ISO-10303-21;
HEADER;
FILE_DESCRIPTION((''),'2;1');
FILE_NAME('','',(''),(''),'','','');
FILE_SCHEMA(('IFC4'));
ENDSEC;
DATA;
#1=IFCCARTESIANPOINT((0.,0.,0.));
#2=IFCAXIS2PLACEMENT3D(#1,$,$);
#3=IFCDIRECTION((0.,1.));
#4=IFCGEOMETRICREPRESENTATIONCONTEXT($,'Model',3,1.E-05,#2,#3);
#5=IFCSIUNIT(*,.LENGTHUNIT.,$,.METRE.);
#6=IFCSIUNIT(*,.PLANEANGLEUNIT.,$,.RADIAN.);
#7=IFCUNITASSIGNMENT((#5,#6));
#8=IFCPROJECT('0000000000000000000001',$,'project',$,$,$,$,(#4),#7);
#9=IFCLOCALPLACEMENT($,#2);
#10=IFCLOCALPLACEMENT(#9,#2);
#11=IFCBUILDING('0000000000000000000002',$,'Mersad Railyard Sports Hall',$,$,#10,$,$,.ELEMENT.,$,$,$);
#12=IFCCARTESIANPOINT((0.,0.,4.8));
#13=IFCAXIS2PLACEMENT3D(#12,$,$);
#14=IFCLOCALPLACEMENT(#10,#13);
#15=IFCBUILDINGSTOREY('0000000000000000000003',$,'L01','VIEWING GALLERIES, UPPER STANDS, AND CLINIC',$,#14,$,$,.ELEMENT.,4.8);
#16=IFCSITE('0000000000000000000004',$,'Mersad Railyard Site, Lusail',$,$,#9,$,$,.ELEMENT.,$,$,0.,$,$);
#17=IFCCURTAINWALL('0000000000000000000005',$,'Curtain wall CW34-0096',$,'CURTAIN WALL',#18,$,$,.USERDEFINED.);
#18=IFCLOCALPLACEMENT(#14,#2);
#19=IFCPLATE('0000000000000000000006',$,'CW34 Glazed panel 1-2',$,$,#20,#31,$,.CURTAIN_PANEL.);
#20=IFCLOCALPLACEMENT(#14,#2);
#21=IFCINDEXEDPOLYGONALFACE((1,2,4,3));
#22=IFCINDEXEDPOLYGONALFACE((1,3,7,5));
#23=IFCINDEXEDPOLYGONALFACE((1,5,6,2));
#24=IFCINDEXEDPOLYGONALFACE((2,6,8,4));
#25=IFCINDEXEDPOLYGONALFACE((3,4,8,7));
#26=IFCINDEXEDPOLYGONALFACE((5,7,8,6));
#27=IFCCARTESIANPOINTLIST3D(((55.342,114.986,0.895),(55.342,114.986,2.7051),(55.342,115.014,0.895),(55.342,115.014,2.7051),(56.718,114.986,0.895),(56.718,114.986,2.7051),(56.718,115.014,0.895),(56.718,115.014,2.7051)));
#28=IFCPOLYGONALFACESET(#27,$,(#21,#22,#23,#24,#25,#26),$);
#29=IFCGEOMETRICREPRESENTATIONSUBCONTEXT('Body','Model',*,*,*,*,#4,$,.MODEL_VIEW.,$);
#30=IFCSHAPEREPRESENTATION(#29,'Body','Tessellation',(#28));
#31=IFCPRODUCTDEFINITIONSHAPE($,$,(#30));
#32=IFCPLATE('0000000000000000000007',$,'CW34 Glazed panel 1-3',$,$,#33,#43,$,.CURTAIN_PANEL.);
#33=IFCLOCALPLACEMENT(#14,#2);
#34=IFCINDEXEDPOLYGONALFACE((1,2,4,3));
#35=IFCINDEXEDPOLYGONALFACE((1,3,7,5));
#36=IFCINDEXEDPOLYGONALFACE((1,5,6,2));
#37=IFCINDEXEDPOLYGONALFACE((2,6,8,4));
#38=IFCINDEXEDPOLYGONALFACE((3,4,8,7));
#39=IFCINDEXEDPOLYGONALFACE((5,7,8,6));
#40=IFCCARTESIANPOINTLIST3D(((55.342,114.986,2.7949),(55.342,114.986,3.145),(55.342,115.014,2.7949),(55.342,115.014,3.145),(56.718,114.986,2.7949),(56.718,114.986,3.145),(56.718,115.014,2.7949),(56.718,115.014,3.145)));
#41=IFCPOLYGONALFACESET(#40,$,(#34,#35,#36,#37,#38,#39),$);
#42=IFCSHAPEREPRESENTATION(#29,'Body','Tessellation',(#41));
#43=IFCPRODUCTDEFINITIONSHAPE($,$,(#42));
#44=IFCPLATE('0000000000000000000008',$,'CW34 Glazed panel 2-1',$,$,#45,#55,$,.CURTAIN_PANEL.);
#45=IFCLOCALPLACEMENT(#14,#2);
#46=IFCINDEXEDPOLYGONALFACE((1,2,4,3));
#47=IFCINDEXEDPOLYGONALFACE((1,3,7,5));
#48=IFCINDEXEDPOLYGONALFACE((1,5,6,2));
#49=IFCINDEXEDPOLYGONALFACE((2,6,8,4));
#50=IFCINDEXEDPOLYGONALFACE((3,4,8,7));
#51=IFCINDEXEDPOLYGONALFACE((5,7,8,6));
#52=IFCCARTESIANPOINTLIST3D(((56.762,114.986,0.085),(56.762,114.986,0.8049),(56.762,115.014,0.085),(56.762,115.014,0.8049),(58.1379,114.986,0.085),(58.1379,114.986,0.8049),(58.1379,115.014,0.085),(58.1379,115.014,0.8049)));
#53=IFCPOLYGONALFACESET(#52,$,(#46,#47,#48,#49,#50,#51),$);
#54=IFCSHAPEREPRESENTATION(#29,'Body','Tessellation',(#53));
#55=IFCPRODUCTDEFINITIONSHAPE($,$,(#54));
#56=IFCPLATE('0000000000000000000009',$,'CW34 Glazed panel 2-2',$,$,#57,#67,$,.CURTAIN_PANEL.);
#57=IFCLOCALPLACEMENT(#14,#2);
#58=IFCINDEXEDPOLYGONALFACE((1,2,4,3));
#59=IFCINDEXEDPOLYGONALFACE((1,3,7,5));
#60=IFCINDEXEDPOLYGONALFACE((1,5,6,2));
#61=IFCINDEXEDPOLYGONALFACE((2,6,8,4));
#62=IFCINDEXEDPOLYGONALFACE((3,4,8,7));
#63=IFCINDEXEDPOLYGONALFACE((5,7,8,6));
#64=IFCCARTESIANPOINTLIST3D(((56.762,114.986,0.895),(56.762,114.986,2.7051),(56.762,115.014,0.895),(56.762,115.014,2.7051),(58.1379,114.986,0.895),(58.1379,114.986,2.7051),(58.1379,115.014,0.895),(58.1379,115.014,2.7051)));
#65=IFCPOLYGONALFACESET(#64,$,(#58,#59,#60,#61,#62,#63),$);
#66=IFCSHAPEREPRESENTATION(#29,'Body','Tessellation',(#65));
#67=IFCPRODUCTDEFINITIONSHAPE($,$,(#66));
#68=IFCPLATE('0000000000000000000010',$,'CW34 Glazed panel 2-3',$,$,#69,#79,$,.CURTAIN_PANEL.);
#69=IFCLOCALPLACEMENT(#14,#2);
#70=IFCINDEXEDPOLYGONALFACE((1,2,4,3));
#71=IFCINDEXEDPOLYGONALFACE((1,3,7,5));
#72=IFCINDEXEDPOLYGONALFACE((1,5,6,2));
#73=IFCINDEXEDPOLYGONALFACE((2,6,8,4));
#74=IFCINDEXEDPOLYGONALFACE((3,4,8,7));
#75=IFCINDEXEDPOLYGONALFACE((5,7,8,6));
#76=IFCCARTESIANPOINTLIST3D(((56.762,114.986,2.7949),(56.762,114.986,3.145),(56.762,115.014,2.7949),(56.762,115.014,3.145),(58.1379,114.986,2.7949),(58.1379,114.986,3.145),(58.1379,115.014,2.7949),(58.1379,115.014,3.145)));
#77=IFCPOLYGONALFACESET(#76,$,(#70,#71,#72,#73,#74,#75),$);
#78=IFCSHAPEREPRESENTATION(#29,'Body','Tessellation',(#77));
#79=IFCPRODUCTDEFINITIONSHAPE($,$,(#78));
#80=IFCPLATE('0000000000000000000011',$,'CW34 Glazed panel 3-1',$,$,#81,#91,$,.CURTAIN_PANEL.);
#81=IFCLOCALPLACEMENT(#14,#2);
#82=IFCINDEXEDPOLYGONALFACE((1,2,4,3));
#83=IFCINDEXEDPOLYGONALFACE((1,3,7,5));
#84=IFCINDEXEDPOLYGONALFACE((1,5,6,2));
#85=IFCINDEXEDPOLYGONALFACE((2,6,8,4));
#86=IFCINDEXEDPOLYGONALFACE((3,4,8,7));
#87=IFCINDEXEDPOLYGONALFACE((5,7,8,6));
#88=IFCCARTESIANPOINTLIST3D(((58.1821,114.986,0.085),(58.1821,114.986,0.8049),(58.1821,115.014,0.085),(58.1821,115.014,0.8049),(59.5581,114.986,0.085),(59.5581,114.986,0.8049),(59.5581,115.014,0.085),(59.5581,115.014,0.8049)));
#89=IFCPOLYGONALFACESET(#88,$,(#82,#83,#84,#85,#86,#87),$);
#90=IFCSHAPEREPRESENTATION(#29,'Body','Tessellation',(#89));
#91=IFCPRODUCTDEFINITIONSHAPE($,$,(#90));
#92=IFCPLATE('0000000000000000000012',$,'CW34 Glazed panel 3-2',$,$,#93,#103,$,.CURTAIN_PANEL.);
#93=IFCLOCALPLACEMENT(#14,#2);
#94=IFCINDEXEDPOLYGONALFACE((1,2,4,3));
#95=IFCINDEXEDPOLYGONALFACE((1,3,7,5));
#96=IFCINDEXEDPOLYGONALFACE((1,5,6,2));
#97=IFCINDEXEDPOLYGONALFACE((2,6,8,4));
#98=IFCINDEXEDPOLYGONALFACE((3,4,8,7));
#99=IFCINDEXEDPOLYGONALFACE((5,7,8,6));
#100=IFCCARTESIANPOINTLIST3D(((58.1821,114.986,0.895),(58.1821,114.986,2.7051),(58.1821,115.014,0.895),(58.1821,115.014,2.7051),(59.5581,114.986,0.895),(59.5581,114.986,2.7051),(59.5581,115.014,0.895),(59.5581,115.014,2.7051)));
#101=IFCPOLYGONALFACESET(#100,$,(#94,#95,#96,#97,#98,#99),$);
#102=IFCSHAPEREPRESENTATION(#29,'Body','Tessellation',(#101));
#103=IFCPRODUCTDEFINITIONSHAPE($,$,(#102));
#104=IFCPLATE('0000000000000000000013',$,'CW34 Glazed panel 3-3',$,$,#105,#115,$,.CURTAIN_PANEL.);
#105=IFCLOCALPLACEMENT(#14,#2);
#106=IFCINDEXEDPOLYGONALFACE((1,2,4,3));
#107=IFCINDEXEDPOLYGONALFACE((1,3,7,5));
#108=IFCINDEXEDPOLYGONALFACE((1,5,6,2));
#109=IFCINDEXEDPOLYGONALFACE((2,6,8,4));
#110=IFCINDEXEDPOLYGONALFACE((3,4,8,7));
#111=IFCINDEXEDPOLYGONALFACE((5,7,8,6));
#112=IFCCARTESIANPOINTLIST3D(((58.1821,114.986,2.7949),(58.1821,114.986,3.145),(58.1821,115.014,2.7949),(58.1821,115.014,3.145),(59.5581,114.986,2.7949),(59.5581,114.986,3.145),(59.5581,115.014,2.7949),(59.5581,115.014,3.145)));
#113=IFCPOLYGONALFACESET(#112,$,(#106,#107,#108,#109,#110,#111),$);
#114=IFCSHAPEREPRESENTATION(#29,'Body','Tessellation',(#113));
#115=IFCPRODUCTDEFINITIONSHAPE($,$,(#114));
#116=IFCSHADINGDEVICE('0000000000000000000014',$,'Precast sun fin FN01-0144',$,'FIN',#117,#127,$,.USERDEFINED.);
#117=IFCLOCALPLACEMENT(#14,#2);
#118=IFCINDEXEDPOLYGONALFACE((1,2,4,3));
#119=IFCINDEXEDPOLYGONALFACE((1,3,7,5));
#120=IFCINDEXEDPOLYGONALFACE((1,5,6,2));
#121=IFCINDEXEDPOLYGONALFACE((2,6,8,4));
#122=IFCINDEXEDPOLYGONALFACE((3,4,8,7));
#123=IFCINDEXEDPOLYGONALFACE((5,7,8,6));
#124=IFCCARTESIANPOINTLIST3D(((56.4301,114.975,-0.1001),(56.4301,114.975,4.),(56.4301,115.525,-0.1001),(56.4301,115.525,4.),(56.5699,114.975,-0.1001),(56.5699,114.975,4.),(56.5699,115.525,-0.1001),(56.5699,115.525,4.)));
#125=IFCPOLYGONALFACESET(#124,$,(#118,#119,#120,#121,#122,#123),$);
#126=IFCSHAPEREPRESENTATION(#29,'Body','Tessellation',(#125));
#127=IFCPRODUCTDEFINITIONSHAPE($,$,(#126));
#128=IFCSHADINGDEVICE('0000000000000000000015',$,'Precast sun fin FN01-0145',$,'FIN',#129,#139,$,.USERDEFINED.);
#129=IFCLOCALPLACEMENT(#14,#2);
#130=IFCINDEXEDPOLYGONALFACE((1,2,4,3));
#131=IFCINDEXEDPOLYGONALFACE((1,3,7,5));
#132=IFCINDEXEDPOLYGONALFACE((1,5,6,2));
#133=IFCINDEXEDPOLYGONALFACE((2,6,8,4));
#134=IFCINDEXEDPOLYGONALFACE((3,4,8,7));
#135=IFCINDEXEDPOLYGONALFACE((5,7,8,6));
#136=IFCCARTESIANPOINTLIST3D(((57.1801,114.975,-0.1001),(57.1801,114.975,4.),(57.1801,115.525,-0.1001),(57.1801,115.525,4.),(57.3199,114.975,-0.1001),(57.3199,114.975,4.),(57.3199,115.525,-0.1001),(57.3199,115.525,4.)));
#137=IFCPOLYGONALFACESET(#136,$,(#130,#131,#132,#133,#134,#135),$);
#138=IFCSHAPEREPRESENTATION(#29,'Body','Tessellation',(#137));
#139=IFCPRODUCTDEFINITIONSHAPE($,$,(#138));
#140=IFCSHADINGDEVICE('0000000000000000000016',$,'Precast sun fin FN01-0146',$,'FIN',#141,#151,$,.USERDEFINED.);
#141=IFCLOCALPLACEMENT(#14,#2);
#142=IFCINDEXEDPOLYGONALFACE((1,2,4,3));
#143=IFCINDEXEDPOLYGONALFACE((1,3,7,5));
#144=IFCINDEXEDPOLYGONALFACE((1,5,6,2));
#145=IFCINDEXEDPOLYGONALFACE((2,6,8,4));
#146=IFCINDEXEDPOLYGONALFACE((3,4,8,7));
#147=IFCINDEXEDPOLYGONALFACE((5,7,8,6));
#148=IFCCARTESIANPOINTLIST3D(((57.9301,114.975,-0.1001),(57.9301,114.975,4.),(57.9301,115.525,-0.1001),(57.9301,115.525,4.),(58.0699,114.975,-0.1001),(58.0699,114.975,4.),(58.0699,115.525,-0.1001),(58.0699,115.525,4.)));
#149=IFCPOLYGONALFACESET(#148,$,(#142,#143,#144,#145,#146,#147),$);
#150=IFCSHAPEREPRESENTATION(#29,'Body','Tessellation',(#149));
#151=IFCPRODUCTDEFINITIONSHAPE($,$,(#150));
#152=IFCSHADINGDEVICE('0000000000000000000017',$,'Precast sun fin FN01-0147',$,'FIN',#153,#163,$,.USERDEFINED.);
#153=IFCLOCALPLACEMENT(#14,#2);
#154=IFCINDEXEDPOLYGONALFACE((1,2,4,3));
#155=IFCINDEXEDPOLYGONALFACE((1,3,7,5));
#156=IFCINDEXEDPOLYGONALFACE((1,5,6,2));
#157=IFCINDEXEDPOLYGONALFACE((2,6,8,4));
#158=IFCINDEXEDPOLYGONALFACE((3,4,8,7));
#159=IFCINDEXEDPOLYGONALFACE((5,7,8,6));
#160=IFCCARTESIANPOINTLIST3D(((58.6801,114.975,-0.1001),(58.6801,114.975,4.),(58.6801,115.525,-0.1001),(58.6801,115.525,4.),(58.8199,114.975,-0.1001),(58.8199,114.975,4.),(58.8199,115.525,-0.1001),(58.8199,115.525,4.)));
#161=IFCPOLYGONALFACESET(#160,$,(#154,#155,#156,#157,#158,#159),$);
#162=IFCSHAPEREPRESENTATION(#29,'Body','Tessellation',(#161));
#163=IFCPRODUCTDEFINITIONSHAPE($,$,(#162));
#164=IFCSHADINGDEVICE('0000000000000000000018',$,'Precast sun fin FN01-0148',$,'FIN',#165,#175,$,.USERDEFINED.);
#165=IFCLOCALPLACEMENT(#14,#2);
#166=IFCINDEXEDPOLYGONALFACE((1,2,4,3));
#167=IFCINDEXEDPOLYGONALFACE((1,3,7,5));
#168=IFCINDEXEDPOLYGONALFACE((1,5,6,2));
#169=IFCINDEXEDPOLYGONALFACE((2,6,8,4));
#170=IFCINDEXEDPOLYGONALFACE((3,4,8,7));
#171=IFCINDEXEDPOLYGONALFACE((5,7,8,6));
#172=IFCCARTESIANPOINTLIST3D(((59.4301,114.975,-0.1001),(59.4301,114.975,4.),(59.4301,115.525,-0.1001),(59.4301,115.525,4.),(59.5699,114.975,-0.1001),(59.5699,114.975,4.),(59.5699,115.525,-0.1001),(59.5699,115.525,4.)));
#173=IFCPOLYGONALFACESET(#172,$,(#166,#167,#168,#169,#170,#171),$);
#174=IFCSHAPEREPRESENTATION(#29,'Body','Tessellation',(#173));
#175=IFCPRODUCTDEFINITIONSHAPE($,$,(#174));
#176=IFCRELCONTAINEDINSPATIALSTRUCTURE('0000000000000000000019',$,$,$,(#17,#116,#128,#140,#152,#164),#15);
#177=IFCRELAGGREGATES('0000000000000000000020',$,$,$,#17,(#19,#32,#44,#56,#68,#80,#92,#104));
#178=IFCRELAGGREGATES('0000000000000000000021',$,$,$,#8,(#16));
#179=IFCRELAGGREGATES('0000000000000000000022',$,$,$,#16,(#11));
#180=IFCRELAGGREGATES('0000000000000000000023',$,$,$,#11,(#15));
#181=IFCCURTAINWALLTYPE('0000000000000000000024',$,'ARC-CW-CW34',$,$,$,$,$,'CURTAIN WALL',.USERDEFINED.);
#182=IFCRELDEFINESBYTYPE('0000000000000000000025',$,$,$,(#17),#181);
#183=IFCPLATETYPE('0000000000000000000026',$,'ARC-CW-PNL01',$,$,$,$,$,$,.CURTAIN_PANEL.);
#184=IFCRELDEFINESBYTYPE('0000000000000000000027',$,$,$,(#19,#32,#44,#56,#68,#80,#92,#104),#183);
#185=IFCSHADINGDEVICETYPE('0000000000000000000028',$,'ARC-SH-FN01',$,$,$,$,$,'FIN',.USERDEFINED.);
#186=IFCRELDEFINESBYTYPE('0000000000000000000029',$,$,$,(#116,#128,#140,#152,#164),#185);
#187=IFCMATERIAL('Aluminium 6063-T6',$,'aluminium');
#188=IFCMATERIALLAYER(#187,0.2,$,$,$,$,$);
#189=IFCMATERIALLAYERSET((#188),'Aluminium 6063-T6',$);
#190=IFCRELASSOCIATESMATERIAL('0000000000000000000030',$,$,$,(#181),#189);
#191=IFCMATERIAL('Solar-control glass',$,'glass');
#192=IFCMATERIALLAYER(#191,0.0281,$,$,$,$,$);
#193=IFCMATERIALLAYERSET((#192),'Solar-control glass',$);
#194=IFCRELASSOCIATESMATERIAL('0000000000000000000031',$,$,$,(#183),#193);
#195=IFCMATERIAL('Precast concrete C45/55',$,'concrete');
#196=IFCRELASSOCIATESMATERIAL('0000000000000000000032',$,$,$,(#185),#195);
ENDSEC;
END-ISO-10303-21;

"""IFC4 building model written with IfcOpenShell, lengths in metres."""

from ifc_helpers import new_model, si_unit, direction, frame, origin, origin_2d, place, context, subcontext, project, spatial, rectangle, extrude, material, layer, layer_set, type_object, element, aggregate, save


model = new_model("IFC4")

# Units and contexts
model_context = context("Model", 3, precision=1e-05, world=origin(), true_north=direction((0.0, 1.0)))
body_context = subcontext(model_context, "Body", "Model", "MODEL_VIEW")
ifc_project = project(units=[si_unit("LENGTHUNIT", "METRE"), si_unit("PLANEANGLEUNIT", "RADIAN")], contexts=[model_context])

# Site, building, storey
site_placement = place(None, origin())
site = spatial("IfcSite", under=ifc_project, at=site_placement, Name="Mersad Railyard Site, Lusail", CompositionType="ELEMENT", RefElevation=0.0)
building_placement = place(site_placement, origin())
building = spatial("IfcBuilding", under=site, at=building_placement, Name="Mersad Railyard Sports Hall", CompositionType="ELEMENT")
storey_placement = place(building_placement, frame((0.0, 0.0, 4.8)))
storey = spatial("IfcBuildingStorey", under=building, at=storey_placement, Name="L01", Description="VIEWING GALLERIES, UPPER STANDS, AND CLINIC", CompositionType="ELEMENT", Elevation=4.8)

# Shared definitions
ifc_material_1 = material(Name="Aluminium 6063-T6", Category="aluminium")
ifc_layer_1 = layer(ifc_material_1, 0.2)
ifc_layer_set_1 = layer_set([ifc_layer_1], Name="Aluminium 6063-T6")
curtain_wall_type = type_object("IfcCurtainWallType", Name="ARC-CW-CW34", ElementType="CURTAIN WALL", PredefinedType="USERDEFINED", material=ifc_layer_set_1)

# Curtain wall
curtain_wall_1_placement = place(storey_placement, origin())
curtain_wall_1 = element("IfcCurtainWall", 1, at=curtain_wall_1_placement, inside=storey, type_object=curtain_wall_type, Name="Curtain wall CW34-0096", ObjectType="CURTAIN WALL", PredefinedType="USERDEFINED")

# Plates
ifc_material_2 = material(Name="Solar-control glass", Category="glass")
ifc_layer_2 = layer(ifc_material_2, 0.0281)
ifc_layer_set_2 = layer_set([ifc_layer_2], Name="Solar-control glass")
plate_type = type_object("IfcPlateType", Name="ARC-CW-PNL01", PredefinedType="CURTAIN_PANEL", material=ifc_layer_set_2)
plate_1_placement = place(storey_placement, frame((56.03, 115.0, 0.895), z_axis=(0.0, 0.0, 1.0), x_axis=(1.0, 0.0, 0.0)))
plate_1 = element("IfcPlate", 2, at=plate_1_placement, type_object=plate_type, Name="CW34 Glazed panel 1-2", PredefinedType="CURTAIN_PANEL", context=body_context, shape_type="SweptSolid", body=[
    extrude(rectangle(XDim=1.376, YDim=0.0281, at=origin_2d()), origin(), (0.0, 0.0, 1.0), 1.8101),
])
plate_2_placement = place(storey_placement, frame((56.03, 115.0, 2.7949), z_axis=(0.0, 0.0, 1.0), x_axis=(1.0, 0.0, 0.0)))
plate_2 = element("IfcPlate", 3, at=plate_2_placement, type_object=plate_type, Name="CW34 Glazed panel 1-3", PredefinedType="CURTAIN_PANEL", context=body_context, shape_type="SweptSolid", body=[
    extrude(rectangle(XDim=1.376, YDim=0.0281, at=origin_2d()), origin(), (0.0, 0.0, 1.0), 0.3501),
])
plate_3_placement = place(storey_placement, frame((57.45, 115.0, 0.085), z_axis=(0.0, 0.0, 1.0), x_axis=(1.0, 0.0, 0.0)))
plate_3 = element("IfcPlate", 4, at=plate_3_placement, type_object=plate_type, Name="CW34 Glazed panel 2-1", PredefinedType="CURTAIN_PANEL", context=body_context, shape_type="SweptSolid", body=[
    extrude(rectangle(XDim=1.376, YDim=0.0281, at=origin_2d()), origin(), (0.0, 0.0, 1.0), 0.72),
])
plate_4_placement = place(storey_placement, frame((57.45, 115.0, 0.895), z_axis=(0.0, 0.0, 1.0), x_axis=(1.0, 0.0, 0.0)))
plate_4 = element("IfcPlate", 5, at=plate_4_placement, type_object=plate_type, Name="CW34 Glazed panel 2-2", PredefinedType="CURTAIN_PANEL", context=body_context, shape_type="SweptSolid", body=[
    extrude(rectangle(XDim=1.376, YDim=0.0281, at=origin_2d()), origin(), (0.0, 0.0, 1.0), 1.8101),
])
plate_5_placement = place(storey_placement, frame((57.45, 115.0, 2.7949), z_axis=(0.0, 0.0, 1.0), x_axis=(1.0, 0.0, 0.0)))
plate_5 = element("IfcPlate", 6, at=plate_5_placement, type_object=plate_type, Name="CW34 Glazed panel 2-3", PredefinedType="CURTAIN_PANEL", context=body_context, shape_type="SweptSolid", body=[
    extrude(rectangle(XDim=1.376, YDim=0.0281, at=origin_2d()), origin(), (0.0, 0.0, 1.0), 0.3501),
])
plate_6_placement = place(storey_placement, frame((58.8701, 115.0, 0.085), z_axis=(0.0, 0.0, 1.0), x_axis=(1.0, 0.0, 0.0)))
plate_6 = element("IfcPlate", 7, at=plate_6_placement, type_object=plate_type, Name="CW34 Glazed panel 3-1", PredefinedType="CURTAIN_PANEL", context=body_context, shape_type="SweptSolid", body=[
    extrude(rectangle(XDim=1.376, YDim=0.0281, at=origin_2d()), origin(), (0.0, 0.0, 1.0), 0.72),
])
plate_7_placement = place(storey_placement, frame((58.8701, 115.0, 0.895), z_axis=(0.0, 0.0, 1.0), x_axis=(1.0, 0.0, 0.0)))
plate_7 = element("IfcPlate", 8, at=plate_7_placement, type_object=plate_type, Name="CW34 Glazed panel 3-2", PredefinedType="CURTAIN_PANEL", context=body_context, shape_type="SweptSolid", body=[
    extrude(rectangle(XDim=1.376, YDim=0.0281, at=origin_2d()), origin(), (0.0, 0.0, 1.0), 1.8101),
])
plate_8_placement = place(storey_placement, frame((58.8701, 115.0, 2.7949), z_axis=(0.0, 0.0, 1.0), x_axis=(1.0, 0.0, 0.0)))
plate_8 = element("IfcPlate", 9, at=plate_8_placement, type_object=plate_type, Name="CW34 Glazed panel 3-3", PredefinedType="CURTAIN_PANEL", context=body_context, shape_type="SweptSolid", body=[
    extrude(rectangle(XDim=1.376, YDim=0.0281, at=origin_2d()), origin(), (0.0, 0.0, 1.0), 0.3501),
])
aggregate(curtain_wall_1, [plate_1, plate_2, plate_3, plate_4, plate_5, plate_6, plate_7, plate_8])

# Shading devices
ifc_material_3 = material(Name="Precast concrete C45/55", Category="concrete")
shading_device_type = type_object("IfcShadingDeviceType", Name="ARC-SH-FN01", ElementType="FIN", PredefinedType="USERDEFINED", material=ifc_material_3)
for number, where, z_axis, x_axis, name in (
    (10, (56.5, 115.25, -0.1001), (0.0, 0.0, 1.0), (1.0, 0.0, 0.0), "Precast sun fin FN01-0144"),
    (11, (57.25, 115.25, -0.1001), (0.0, 0.0, 1.0), (1.0, 0.0, 0.0), "Precast sun fin FN01-0145"),
    (12, (58.0, 115.25, -0.1001), (0.0, 0.0, 1.0), (1.0, 0.0, 0.0), "Precast sun fin FN01-0146"),
    (13, (58.75, 115.25, -0.1001), (0.0, 0.0, 1.0), (1.0, 0.0, 0.0), "Precast sun fin FN01-0147"),
    (14, (59.5, 115.25, -0.1001), (0.0, 0.0, 1.0), (1.0, 0.0, 0.0), "Precast sun fin FN01-0148"),
):
    element("IfcShadingDevice", number, at=place(storey_placement, frame(where, z_axis=z_axis, x_axis=x_axis)), inside=storey, type_object=shading_device_type, Name=name, ObjectType="FIN", PredefinedType="USERDEFINED", context=body_context, shape_type="SweptSolid", body=[
        extrude(rectangle(XDim=0.1399, YDim=0.55, at=origin_2d()), origin(), (0.0, 0.0, 1.0), 4.1001),
    ])

save(model, "model.ifc")
